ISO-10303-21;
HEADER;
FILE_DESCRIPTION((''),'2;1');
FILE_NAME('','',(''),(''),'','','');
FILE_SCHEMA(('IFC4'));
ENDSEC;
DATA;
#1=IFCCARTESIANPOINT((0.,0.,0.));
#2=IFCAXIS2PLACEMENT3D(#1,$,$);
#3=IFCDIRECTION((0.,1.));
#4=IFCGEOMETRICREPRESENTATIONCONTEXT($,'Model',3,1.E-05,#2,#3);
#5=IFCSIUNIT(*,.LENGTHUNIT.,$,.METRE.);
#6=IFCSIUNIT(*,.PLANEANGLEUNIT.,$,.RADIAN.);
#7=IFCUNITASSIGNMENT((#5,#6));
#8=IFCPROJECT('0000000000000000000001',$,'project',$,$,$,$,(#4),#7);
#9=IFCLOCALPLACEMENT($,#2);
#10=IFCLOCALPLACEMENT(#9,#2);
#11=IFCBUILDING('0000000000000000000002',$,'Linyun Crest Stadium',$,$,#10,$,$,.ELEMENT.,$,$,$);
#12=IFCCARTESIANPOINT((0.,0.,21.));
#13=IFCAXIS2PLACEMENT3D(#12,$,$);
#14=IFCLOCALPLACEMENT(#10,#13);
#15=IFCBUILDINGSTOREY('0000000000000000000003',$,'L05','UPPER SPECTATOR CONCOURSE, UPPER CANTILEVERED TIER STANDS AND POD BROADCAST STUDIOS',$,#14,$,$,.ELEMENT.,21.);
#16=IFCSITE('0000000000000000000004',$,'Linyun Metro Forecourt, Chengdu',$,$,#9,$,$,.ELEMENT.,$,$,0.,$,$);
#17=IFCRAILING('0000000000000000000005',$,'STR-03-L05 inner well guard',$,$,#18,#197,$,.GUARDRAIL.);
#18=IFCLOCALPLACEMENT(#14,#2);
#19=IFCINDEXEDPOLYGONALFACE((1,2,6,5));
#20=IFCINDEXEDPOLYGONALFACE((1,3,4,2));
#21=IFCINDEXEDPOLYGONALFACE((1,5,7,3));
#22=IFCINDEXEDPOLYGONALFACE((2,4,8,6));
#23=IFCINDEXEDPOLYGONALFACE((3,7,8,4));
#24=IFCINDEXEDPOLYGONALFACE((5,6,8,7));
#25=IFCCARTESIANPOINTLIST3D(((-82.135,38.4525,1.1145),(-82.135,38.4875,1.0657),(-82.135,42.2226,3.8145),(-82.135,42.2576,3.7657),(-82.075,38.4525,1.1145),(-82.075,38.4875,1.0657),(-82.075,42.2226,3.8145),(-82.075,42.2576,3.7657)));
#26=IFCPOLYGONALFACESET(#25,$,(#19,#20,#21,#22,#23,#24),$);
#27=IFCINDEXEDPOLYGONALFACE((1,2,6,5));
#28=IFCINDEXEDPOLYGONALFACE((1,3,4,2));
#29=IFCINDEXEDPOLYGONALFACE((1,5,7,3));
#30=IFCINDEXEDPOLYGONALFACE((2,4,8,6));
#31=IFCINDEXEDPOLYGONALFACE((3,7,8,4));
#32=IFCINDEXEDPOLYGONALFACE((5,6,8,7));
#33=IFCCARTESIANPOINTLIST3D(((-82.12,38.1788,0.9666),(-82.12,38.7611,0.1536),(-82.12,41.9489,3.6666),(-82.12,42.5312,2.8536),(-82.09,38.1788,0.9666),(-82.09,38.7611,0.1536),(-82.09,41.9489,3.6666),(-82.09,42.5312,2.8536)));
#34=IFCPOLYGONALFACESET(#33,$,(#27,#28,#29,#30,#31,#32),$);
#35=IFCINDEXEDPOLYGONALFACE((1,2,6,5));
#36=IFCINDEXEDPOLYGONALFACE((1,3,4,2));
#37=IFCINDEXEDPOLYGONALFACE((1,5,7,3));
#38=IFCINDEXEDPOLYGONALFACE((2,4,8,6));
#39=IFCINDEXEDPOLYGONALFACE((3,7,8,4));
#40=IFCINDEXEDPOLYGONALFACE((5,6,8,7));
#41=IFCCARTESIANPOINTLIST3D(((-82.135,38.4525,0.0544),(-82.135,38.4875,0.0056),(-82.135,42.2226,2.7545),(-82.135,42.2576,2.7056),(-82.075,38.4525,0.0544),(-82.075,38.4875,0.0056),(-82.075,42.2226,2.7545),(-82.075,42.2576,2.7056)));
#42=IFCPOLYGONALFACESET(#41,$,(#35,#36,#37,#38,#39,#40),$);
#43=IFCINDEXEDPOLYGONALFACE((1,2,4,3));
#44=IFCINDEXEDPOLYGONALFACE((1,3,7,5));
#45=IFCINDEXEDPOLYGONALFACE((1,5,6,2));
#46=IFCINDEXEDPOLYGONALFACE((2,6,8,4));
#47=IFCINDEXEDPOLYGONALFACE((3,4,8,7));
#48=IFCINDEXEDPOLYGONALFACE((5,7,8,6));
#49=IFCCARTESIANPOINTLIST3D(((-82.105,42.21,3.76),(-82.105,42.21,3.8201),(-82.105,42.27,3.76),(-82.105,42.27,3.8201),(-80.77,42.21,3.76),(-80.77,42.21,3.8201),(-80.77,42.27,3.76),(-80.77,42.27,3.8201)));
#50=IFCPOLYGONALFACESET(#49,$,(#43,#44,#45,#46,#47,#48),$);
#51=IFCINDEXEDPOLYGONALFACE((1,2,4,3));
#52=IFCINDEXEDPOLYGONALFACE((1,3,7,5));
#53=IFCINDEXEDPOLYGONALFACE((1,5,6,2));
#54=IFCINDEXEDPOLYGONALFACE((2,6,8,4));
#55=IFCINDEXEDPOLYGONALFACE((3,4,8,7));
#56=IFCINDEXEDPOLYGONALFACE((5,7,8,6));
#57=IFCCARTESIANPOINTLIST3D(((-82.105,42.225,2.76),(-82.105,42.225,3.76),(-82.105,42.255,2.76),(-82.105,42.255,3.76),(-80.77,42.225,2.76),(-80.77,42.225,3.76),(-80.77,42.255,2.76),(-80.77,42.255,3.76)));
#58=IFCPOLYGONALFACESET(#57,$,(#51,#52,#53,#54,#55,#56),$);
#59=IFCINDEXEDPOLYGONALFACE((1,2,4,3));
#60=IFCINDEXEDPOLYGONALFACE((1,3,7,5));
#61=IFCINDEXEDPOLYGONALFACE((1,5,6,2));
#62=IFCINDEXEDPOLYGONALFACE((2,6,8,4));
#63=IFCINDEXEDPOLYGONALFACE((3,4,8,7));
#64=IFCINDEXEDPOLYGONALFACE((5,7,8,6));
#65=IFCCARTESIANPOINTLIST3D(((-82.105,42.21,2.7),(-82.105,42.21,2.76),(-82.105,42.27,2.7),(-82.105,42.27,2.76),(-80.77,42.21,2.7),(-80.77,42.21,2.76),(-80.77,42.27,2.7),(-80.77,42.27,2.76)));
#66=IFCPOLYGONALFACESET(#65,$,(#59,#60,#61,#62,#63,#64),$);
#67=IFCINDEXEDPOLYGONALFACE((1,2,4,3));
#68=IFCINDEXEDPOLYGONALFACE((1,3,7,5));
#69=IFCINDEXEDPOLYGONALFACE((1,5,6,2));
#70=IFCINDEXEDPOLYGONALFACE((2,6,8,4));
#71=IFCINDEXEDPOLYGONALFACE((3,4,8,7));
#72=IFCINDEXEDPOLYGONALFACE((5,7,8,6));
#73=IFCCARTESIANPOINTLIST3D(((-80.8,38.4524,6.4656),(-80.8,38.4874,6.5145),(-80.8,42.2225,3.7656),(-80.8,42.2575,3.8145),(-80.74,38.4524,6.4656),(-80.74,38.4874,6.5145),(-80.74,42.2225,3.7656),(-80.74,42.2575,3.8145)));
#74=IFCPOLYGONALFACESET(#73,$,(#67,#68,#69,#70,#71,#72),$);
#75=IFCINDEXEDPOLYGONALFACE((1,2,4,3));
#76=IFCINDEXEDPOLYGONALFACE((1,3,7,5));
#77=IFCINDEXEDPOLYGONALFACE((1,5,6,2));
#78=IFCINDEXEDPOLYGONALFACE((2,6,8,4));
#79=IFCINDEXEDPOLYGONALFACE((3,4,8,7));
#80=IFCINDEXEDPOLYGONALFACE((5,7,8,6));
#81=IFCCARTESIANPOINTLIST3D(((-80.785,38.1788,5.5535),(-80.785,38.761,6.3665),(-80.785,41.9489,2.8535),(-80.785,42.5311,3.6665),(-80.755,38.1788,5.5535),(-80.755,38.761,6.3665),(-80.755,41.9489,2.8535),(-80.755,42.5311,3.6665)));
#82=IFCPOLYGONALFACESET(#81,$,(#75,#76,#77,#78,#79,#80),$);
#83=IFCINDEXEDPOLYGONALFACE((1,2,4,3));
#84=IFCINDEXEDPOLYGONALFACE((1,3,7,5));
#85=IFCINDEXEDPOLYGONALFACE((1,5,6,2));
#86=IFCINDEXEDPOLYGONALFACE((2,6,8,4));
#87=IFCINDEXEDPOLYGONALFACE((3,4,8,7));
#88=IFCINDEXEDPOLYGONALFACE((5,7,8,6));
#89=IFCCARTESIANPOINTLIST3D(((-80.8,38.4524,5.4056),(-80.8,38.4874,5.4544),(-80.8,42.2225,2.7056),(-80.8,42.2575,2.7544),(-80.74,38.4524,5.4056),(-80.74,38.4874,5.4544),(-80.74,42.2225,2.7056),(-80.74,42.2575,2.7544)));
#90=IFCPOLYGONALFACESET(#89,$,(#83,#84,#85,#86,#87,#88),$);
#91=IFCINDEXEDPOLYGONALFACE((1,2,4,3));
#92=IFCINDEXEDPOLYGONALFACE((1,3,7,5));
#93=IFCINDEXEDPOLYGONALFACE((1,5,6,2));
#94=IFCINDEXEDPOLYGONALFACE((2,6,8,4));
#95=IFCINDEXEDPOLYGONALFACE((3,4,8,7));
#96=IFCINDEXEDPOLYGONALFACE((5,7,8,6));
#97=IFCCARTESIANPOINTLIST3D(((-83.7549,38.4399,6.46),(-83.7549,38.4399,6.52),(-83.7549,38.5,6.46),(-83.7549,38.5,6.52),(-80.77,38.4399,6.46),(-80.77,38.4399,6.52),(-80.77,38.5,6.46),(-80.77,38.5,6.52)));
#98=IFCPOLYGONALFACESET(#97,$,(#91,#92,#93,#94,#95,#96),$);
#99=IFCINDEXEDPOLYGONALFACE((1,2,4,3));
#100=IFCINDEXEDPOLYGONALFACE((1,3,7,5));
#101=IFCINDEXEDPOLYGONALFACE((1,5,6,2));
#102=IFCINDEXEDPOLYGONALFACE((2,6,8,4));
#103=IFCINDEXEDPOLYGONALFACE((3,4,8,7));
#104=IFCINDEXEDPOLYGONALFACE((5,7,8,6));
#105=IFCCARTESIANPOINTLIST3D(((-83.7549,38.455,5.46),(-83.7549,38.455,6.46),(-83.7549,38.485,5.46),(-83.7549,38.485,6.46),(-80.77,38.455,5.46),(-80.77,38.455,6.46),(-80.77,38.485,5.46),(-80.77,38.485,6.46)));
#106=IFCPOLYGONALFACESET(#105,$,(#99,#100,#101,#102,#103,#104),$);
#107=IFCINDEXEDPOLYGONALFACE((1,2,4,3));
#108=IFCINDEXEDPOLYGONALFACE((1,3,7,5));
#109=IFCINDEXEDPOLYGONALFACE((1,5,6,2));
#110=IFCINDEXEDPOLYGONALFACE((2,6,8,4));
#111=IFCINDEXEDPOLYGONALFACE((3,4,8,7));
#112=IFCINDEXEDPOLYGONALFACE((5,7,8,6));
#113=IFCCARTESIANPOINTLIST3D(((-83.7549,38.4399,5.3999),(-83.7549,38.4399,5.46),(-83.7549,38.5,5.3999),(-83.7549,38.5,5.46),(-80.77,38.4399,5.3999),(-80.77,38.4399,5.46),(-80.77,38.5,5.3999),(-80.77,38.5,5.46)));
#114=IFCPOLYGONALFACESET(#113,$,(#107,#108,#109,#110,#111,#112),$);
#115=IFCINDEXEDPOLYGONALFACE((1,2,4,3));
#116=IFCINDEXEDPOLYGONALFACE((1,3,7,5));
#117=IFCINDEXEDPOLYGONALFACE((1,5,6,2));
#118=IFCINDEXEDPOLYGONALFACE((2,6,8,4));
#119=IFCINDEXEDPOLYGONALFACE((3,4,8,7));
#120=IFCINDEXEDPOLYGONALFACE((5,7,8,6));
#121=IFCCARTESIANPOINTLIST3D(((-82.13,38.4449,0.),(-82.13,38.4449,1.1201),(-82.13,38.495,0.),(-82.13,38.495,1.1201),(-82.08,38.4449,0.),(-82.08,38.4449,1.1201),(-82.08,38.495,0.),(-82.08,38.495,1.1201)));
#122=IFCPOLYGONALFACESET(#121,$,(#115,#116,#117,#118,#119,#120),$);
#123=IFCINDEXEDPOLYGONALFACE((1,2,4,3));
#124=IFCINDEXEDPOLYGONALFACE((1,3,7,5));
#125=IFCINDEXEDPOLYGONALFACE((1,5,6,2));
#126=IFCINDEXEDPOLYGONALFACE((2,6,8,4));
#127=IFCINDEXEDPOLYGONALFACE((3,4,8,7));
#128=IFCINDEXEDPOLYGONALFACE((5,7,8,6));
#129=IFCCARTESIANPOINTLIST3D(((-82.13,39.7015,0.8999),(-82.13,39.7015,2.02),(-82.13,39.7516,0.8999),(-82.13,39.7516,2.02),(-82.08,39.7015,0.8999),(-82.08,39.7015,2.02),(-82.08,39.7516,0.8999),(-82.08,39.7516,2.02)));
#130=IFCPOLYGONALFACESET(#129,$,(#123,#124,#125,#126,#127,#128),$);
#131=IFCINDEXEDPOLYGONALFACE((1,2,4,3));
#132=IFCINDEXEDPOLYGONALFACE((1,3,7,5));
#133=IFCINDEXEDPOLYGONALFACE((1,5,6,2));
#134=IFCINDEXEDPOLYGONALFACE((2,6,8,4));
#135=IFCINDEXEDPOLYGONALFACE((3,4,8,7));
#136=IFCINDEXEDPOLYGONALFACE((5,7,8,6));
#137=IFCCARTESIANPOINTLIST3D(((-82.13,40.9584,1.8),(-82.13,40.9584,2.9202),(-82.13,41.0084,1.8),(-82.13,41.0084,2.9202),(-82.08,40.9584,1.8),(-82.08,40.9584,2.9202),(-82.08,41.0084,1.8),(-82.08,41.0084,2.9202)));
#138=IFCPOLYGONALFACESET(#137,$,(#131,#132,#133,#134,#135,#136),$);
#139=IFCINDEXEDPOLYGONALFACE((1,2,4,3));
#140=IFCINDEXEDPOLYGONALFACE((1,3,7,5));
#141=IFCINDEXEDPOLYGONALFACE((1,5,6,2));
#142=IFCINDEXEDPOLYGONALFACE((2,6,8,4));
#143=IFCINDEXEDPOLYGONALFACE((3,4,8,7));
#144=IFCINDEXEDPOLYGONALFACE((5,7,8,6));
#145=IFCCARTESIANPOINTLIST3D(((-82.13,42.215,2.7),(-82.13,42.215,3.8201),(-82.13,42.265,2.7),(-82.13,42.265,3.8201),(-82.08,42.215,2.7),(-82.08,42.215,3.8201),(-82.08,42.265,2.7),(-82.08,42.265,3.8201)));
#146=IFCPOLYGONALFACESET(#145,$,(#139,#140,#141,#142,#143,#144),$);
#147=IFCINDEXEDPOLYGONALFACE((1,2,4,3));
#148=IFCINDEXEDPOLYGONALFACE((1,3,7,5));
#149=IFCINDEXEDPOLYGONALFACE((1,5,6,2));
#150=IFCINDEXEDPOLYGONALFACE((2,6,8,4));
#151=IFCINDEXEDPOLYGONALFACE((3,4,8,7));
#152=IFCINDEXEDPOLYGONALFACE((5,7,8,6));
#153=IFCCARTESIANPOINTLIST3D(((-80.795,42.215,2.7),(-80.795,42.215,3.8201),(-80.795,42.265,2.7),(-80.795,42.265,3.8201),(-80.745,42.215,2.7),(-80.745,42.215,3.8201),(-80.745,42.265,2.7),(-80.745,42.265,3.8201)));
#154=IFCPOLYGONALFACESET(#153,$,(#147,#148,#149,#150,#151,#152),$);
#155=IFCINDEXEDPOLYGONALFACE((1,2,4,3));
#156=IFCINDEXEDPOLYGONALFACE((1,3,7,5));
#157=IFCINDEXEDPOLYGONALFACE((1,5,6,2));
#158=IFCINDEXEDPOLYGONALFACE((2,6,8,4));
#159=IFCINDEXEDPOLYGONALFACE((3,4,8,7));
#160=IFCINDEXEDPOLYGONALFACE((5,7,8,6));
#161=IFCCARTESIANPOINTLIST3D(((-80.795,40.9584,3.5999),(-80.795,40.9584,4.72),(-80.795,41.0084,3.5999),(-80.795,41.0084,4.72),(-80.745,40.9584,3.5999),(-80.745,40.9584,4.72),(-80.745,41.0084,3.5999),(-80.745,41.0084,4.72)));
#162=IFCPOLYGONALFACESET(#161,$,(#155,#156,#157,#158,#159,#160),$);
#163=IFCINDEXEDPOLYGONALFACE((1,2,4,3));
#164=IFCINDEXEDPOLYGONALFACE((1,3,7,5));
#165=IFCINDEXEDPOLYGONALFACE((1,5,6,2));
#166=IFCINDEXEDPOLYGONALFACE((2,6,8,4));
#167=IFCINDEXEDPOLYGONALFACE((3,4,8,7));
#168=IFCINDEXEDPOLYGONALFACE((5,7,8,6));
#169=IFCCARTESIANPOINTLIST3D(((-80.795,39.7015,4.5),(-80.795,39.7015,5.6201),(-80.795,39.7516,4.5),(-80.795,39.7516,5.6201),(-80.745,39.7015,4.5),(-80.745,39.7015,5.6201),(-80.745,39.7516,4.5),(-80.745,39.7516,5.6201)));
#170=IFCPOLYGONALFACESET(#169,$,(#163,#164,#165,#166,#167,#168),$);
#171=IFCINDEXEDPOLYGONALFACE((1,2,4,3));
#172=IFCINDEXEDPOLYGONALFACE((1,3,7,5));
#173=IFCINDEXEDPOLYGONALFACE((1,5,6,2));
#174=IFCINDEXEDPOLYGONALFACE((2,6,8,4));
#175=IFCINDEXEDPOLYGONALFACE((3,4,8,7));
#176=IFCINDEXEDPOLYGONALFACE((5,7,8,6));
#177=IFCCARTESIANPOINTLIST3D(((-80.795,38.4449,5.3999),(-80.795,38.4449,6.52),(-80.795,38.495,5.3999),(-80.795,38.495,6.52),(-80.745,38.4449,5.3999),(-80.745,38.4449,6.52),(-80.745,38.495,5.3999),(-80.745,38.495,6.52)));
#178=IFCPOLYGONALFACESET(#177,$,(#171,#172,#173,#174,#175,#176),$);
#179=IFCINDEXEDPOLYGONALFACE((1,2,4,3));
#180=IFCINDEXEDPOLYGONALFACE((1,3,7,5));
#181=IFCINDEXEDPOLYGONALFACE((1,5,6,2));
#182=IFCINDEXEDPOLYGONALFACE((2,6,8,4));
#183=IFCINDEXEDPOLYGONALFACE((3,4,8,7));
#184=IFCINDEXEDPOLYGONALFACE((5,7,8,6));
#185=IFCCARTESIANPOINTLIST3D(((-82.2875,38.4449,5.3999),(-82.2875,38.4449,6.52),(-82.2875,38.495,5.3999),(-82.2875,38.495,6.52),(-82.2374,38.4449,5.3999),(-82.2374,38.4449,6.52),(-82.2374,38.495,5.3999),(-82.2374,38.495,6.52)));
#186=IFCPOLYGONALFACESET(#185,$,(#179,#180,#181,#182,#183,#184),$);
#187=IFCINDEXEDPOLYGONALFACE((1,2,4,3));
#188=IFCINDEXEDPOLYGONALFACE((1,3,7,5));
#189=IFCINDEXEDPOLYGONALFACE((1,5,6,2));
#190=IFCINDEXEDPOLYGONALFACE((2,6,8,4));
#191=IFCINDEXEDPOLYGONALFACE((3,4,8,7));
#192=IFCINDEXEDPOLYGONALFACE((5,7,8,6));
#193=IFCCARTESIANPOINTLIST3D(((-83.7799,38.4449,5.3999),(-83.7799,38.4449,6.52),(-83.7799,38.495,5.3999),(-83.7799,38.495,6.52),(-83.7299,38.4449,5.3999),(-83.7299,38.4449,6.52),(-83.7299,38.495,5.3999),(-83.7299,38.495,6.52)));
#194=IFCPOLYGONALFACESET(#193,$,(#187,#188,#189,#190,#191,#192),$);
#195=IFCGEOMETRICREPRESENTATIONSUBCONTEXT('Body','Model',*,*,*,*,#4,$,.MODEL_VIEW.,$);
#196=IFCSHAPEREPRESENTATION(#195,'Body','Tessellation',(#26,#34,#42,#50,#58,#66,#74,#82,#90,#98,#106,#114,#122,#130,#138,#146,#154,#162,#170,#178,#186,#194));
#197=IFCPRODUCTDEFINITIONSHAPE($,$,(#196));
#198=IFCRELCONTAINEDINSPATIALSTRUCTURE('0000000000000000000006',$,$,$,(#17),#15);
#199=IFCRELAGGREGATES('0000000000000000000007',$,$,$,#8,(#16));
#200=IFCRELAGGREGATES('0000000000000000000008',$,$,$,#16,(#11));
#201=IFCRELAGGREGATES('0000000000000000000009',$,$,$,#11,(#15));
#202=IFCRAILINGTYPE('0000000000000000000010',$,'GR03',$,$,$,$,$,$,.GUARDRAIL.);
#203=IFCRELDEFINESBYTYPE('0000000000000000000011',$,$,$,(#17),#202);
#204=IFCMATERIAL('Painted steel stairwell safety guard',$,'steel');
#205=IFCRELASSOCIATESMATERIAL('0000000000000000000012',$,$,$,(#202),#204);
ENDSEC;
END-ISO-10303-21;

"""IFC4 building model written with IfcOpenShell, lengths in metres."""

from ifc_helpers import new_model, si_unit, direction, frame, origin, origin_2d, place, context, subcontext, project, spatial, rectangle, extrude, material, type_object, element, save


model = new_model("IFC4")

# Units and contexts
model_context = context("Model", 3, precision=1e-05, world=origin(), true_north=direction((0.0, 1.0)))
body_context = subcontext(model_context, "Body", "Model", "MODEL_VIEW")
ifc_project = project(units=[si_unit("LENGTHUNIT", "METRE"), si_unit("PLANEANGLEUNIT", "RADIAN")], contexts=[model_context])

# Site, building, storey
site_placement = place(None, origin())
site = spatial("IfcSite", under=ifc_project, at=site_placement, Name="Linyun Metro Forecourt, Chengdu", CompositionType="ELEMENT", RefElevation=0.0)
building_placement = place(site_placement, origin())
building = spatial("IfcBuilding", under=site, at=building_placement, Name="Linyun Crest Stadium", CompositionType="ELEMENT")
storey_placement = place(building_placement, frame((0.0, 0.0, 21.0)))
storey = spatial("IfcBuildingStorey", under=building, at=storey_placement, Name="L05", Description="UPPER SPECTATOR CONCOURSE, UPPER CANTILEVERED TIER STANDS AND POD BROADCAST STUDIOS", CompositionType="ELEMENT", Elevation=21.0)

# Railing
ifc_material_1 = material(Name="Painted steel stairwell safety guard", Category="steel")
railing_type_1 = type_object("IfcRailingType", Name="GR03", PredefinedType="GUARDRAIL", material=ifc_material_1)
railing_1_placement = place(storey_placement, frame((-82.105, 38.47, 0.0)))
element("IfcRailing", 1, at=railing_1_placement, inside=storey, type_object=railing_type_1, Name="STR-03-L05 inner well guard", PredefinedType="GUARDRAIL", context=body_context, shape_type="SweptSolid", body=[
    extrude(rectangle(XDim=0.0601, YDim=0.0601, at=origin_2d()), frame((0.0, 0.0, 1.0901), z_axis=(0.0, 0.813011, 0.582249), x_axis=(-1.0, 0.0, 0.0)), (0.0, 0.0, 1.0), 4.6372),
    extrude(rectangle(XDim=0.03, YDim=1.0, at=origin_2d()), frame((0.0, 0.0, 0.5601), z_axis=(0.0, 0.813011, 0.582249), x_axis=(-1.0, 0.0, 0.0)), (0.0, 0.0, 1.0), 4.6372),
    extrude(rectangle(XDim=0.0601, YDim=0.0601, at=origin_2d()), frame((0.0, 0.0, 0.03), z_axis=(0.0, 0.813011, 0.582249), x_axis=(-1.0, 0.0, 0.0)), (0.0, 0.0, 1.0), 4.6372),
    extrude(rectangle(XDim=0.0601, YDim=0.0601, at=origin_2d()), frame((0.0, 3.77, 3.79), z_axis=(1.0, 0.0, 0.0), x_axis=(0.0, 1.0, 0.0)), (0.0, 0.0, 1.0), 1.335),
    extrude(rectangle(XDim=0.03, YDim=1.0, at=origin_2d()), frame((0.0, 3.77, 3.26), z_axis=(1.0, 0.0, 0.0), x_axis=(0.0, 1.0, 0.0)), (0.0, 0.0, 1.0), 1.335),
    extrude(rectangle(XDim=0.0601, YDim=0.0601, at=origin_2d()), frame((0.0, 3.77, 2.73), z_axis=(1.0, 0.0, 0.0), x_axis=(0.0, 1.0, 0.0)), (0.0, 0.0, 1.0), 1.335),
    extrude(rectangle(XDim=0.0601, YDim=0.0601, at=origin_2d()), frame((1.335, 3.77, 3.79), z_axis=(0.0, -0.813011, 0.582249), x_axis=(1.0, 0.0, 0.0)), (0.0, 0.0, 1.0), 4.6372),
    extrude(rectangle(XDim=0.03, YDim=1.0, at=origin_2d()), frame((1.335, 3.77, 3.26), z_axis=(0.0, -0.813011, 0.582249), x_axis=(1.0, 0.0, 0.0)), (0.0, 0.0, 1.0), 4.6372),
    extrude(rectangle(XDim=0.0601, YDim=0.0601, at=origin_2d()), frame((1.335, 3.77, 2.73), z_axis=(0.0, -0.813011, 0.582249), x_axis=(1.0, 0.0, 0.0)), (0.0, 0.0, 1.0), 4.6372),
    extrude(rectangle(XDim=0.0601, YDim=0.0601, at=origin_2d()), frame((1.335, 0.0, 6.49), z_axis=(-1.0, 0.0, 0.0), x_axis=(0.0, -1.0, 0.0)), (0.0, 0.0, 1.0), 2.9849),
    extrude(rectangle(XDim=0.03, YDim=1.0, at=origin_2d()), frame((1.335, 0.0, 5.96), z_axis=(-1.0, 0.0, 0.0), x_axis=(0.0, -1.0, 0.0)), (0.0, 0.0, 1.0), 2.9849),
    extrude(rectangle(XDim=0.0601, YDim=0.0601, at=origin_2d()), frame((1.335, 0.0, 5.4299), z_axis=(-1.0, 0.0, 0.0), x_axis=(0.0, -1.0, 0.0)), (0.0, 0.0, 1.0), 2.9849),
    extrude(rectangle(XDim=0.05, YDim=0.05, at=origin_2d()), origin(), (0.0, 0.0, 1.0), 1.1201),
    extrude(rectangle(XDim=0.05, YDim=0.05, at=origin_2d()), frame((0.0, 1.2566, 0.8999)), (0.0, 0.0, 1.0), 1.1201),
    extrude(rectangle(XDim=0.05, YDim=0.05, at=origin_2d()), frame((0.0, 2.5134, 1.8)), (0.0, 0.0, 1.0), 1.1201),
    extrude(rectangle(XDim=0.05, YDim=0.05, at=origin_2d()), frame((0.0, 3.77, 2.7)), (0.0, 0.0, 1.0), 1.1201),
    extrude(rectangle(XDim=0.05, YDim=0.05, at=origin_2d()), frame((1.335, 3.77, 2.7)), (0.0, 0.0, 1.0), 1.1201),
    extrude(rectangle(XDim=0.05, YDim=0.05, at=origin_2d()), frame((1.335, 2.5134, 3.5999)), (0.0, 0.0, 1.0), 1.1201),
    extrude(rectangle(XDim=0.05, YDim=0.05, at=origin_2d()), frame((1.335, 1.2566, 4.5)), (0.0, 0.0, 1.0), 1.1201),
    extrude(rectangle(XDim=0.05, YDim=0.05, at=origin_2d()), frame((1.335, 0.0, 5.3999)), (0.0, 0.0, 1.0), 1.1201),
    extrude(rectangle(XDim=0.05, YDim=0.05, at=origin_2d()), frame((-0.1575, 0.0, 5.3999)), (0.0, 0.0, 1.0), 1.1201),
    extrude(rectangle(XDim=0.05, YDim=0.05, at=origin_2d()), frame((-1.6499, 0.0, 5.3999)), (0.0, 0.0, 1.0), 1.1201),
])

save(model, "model.ifc")
